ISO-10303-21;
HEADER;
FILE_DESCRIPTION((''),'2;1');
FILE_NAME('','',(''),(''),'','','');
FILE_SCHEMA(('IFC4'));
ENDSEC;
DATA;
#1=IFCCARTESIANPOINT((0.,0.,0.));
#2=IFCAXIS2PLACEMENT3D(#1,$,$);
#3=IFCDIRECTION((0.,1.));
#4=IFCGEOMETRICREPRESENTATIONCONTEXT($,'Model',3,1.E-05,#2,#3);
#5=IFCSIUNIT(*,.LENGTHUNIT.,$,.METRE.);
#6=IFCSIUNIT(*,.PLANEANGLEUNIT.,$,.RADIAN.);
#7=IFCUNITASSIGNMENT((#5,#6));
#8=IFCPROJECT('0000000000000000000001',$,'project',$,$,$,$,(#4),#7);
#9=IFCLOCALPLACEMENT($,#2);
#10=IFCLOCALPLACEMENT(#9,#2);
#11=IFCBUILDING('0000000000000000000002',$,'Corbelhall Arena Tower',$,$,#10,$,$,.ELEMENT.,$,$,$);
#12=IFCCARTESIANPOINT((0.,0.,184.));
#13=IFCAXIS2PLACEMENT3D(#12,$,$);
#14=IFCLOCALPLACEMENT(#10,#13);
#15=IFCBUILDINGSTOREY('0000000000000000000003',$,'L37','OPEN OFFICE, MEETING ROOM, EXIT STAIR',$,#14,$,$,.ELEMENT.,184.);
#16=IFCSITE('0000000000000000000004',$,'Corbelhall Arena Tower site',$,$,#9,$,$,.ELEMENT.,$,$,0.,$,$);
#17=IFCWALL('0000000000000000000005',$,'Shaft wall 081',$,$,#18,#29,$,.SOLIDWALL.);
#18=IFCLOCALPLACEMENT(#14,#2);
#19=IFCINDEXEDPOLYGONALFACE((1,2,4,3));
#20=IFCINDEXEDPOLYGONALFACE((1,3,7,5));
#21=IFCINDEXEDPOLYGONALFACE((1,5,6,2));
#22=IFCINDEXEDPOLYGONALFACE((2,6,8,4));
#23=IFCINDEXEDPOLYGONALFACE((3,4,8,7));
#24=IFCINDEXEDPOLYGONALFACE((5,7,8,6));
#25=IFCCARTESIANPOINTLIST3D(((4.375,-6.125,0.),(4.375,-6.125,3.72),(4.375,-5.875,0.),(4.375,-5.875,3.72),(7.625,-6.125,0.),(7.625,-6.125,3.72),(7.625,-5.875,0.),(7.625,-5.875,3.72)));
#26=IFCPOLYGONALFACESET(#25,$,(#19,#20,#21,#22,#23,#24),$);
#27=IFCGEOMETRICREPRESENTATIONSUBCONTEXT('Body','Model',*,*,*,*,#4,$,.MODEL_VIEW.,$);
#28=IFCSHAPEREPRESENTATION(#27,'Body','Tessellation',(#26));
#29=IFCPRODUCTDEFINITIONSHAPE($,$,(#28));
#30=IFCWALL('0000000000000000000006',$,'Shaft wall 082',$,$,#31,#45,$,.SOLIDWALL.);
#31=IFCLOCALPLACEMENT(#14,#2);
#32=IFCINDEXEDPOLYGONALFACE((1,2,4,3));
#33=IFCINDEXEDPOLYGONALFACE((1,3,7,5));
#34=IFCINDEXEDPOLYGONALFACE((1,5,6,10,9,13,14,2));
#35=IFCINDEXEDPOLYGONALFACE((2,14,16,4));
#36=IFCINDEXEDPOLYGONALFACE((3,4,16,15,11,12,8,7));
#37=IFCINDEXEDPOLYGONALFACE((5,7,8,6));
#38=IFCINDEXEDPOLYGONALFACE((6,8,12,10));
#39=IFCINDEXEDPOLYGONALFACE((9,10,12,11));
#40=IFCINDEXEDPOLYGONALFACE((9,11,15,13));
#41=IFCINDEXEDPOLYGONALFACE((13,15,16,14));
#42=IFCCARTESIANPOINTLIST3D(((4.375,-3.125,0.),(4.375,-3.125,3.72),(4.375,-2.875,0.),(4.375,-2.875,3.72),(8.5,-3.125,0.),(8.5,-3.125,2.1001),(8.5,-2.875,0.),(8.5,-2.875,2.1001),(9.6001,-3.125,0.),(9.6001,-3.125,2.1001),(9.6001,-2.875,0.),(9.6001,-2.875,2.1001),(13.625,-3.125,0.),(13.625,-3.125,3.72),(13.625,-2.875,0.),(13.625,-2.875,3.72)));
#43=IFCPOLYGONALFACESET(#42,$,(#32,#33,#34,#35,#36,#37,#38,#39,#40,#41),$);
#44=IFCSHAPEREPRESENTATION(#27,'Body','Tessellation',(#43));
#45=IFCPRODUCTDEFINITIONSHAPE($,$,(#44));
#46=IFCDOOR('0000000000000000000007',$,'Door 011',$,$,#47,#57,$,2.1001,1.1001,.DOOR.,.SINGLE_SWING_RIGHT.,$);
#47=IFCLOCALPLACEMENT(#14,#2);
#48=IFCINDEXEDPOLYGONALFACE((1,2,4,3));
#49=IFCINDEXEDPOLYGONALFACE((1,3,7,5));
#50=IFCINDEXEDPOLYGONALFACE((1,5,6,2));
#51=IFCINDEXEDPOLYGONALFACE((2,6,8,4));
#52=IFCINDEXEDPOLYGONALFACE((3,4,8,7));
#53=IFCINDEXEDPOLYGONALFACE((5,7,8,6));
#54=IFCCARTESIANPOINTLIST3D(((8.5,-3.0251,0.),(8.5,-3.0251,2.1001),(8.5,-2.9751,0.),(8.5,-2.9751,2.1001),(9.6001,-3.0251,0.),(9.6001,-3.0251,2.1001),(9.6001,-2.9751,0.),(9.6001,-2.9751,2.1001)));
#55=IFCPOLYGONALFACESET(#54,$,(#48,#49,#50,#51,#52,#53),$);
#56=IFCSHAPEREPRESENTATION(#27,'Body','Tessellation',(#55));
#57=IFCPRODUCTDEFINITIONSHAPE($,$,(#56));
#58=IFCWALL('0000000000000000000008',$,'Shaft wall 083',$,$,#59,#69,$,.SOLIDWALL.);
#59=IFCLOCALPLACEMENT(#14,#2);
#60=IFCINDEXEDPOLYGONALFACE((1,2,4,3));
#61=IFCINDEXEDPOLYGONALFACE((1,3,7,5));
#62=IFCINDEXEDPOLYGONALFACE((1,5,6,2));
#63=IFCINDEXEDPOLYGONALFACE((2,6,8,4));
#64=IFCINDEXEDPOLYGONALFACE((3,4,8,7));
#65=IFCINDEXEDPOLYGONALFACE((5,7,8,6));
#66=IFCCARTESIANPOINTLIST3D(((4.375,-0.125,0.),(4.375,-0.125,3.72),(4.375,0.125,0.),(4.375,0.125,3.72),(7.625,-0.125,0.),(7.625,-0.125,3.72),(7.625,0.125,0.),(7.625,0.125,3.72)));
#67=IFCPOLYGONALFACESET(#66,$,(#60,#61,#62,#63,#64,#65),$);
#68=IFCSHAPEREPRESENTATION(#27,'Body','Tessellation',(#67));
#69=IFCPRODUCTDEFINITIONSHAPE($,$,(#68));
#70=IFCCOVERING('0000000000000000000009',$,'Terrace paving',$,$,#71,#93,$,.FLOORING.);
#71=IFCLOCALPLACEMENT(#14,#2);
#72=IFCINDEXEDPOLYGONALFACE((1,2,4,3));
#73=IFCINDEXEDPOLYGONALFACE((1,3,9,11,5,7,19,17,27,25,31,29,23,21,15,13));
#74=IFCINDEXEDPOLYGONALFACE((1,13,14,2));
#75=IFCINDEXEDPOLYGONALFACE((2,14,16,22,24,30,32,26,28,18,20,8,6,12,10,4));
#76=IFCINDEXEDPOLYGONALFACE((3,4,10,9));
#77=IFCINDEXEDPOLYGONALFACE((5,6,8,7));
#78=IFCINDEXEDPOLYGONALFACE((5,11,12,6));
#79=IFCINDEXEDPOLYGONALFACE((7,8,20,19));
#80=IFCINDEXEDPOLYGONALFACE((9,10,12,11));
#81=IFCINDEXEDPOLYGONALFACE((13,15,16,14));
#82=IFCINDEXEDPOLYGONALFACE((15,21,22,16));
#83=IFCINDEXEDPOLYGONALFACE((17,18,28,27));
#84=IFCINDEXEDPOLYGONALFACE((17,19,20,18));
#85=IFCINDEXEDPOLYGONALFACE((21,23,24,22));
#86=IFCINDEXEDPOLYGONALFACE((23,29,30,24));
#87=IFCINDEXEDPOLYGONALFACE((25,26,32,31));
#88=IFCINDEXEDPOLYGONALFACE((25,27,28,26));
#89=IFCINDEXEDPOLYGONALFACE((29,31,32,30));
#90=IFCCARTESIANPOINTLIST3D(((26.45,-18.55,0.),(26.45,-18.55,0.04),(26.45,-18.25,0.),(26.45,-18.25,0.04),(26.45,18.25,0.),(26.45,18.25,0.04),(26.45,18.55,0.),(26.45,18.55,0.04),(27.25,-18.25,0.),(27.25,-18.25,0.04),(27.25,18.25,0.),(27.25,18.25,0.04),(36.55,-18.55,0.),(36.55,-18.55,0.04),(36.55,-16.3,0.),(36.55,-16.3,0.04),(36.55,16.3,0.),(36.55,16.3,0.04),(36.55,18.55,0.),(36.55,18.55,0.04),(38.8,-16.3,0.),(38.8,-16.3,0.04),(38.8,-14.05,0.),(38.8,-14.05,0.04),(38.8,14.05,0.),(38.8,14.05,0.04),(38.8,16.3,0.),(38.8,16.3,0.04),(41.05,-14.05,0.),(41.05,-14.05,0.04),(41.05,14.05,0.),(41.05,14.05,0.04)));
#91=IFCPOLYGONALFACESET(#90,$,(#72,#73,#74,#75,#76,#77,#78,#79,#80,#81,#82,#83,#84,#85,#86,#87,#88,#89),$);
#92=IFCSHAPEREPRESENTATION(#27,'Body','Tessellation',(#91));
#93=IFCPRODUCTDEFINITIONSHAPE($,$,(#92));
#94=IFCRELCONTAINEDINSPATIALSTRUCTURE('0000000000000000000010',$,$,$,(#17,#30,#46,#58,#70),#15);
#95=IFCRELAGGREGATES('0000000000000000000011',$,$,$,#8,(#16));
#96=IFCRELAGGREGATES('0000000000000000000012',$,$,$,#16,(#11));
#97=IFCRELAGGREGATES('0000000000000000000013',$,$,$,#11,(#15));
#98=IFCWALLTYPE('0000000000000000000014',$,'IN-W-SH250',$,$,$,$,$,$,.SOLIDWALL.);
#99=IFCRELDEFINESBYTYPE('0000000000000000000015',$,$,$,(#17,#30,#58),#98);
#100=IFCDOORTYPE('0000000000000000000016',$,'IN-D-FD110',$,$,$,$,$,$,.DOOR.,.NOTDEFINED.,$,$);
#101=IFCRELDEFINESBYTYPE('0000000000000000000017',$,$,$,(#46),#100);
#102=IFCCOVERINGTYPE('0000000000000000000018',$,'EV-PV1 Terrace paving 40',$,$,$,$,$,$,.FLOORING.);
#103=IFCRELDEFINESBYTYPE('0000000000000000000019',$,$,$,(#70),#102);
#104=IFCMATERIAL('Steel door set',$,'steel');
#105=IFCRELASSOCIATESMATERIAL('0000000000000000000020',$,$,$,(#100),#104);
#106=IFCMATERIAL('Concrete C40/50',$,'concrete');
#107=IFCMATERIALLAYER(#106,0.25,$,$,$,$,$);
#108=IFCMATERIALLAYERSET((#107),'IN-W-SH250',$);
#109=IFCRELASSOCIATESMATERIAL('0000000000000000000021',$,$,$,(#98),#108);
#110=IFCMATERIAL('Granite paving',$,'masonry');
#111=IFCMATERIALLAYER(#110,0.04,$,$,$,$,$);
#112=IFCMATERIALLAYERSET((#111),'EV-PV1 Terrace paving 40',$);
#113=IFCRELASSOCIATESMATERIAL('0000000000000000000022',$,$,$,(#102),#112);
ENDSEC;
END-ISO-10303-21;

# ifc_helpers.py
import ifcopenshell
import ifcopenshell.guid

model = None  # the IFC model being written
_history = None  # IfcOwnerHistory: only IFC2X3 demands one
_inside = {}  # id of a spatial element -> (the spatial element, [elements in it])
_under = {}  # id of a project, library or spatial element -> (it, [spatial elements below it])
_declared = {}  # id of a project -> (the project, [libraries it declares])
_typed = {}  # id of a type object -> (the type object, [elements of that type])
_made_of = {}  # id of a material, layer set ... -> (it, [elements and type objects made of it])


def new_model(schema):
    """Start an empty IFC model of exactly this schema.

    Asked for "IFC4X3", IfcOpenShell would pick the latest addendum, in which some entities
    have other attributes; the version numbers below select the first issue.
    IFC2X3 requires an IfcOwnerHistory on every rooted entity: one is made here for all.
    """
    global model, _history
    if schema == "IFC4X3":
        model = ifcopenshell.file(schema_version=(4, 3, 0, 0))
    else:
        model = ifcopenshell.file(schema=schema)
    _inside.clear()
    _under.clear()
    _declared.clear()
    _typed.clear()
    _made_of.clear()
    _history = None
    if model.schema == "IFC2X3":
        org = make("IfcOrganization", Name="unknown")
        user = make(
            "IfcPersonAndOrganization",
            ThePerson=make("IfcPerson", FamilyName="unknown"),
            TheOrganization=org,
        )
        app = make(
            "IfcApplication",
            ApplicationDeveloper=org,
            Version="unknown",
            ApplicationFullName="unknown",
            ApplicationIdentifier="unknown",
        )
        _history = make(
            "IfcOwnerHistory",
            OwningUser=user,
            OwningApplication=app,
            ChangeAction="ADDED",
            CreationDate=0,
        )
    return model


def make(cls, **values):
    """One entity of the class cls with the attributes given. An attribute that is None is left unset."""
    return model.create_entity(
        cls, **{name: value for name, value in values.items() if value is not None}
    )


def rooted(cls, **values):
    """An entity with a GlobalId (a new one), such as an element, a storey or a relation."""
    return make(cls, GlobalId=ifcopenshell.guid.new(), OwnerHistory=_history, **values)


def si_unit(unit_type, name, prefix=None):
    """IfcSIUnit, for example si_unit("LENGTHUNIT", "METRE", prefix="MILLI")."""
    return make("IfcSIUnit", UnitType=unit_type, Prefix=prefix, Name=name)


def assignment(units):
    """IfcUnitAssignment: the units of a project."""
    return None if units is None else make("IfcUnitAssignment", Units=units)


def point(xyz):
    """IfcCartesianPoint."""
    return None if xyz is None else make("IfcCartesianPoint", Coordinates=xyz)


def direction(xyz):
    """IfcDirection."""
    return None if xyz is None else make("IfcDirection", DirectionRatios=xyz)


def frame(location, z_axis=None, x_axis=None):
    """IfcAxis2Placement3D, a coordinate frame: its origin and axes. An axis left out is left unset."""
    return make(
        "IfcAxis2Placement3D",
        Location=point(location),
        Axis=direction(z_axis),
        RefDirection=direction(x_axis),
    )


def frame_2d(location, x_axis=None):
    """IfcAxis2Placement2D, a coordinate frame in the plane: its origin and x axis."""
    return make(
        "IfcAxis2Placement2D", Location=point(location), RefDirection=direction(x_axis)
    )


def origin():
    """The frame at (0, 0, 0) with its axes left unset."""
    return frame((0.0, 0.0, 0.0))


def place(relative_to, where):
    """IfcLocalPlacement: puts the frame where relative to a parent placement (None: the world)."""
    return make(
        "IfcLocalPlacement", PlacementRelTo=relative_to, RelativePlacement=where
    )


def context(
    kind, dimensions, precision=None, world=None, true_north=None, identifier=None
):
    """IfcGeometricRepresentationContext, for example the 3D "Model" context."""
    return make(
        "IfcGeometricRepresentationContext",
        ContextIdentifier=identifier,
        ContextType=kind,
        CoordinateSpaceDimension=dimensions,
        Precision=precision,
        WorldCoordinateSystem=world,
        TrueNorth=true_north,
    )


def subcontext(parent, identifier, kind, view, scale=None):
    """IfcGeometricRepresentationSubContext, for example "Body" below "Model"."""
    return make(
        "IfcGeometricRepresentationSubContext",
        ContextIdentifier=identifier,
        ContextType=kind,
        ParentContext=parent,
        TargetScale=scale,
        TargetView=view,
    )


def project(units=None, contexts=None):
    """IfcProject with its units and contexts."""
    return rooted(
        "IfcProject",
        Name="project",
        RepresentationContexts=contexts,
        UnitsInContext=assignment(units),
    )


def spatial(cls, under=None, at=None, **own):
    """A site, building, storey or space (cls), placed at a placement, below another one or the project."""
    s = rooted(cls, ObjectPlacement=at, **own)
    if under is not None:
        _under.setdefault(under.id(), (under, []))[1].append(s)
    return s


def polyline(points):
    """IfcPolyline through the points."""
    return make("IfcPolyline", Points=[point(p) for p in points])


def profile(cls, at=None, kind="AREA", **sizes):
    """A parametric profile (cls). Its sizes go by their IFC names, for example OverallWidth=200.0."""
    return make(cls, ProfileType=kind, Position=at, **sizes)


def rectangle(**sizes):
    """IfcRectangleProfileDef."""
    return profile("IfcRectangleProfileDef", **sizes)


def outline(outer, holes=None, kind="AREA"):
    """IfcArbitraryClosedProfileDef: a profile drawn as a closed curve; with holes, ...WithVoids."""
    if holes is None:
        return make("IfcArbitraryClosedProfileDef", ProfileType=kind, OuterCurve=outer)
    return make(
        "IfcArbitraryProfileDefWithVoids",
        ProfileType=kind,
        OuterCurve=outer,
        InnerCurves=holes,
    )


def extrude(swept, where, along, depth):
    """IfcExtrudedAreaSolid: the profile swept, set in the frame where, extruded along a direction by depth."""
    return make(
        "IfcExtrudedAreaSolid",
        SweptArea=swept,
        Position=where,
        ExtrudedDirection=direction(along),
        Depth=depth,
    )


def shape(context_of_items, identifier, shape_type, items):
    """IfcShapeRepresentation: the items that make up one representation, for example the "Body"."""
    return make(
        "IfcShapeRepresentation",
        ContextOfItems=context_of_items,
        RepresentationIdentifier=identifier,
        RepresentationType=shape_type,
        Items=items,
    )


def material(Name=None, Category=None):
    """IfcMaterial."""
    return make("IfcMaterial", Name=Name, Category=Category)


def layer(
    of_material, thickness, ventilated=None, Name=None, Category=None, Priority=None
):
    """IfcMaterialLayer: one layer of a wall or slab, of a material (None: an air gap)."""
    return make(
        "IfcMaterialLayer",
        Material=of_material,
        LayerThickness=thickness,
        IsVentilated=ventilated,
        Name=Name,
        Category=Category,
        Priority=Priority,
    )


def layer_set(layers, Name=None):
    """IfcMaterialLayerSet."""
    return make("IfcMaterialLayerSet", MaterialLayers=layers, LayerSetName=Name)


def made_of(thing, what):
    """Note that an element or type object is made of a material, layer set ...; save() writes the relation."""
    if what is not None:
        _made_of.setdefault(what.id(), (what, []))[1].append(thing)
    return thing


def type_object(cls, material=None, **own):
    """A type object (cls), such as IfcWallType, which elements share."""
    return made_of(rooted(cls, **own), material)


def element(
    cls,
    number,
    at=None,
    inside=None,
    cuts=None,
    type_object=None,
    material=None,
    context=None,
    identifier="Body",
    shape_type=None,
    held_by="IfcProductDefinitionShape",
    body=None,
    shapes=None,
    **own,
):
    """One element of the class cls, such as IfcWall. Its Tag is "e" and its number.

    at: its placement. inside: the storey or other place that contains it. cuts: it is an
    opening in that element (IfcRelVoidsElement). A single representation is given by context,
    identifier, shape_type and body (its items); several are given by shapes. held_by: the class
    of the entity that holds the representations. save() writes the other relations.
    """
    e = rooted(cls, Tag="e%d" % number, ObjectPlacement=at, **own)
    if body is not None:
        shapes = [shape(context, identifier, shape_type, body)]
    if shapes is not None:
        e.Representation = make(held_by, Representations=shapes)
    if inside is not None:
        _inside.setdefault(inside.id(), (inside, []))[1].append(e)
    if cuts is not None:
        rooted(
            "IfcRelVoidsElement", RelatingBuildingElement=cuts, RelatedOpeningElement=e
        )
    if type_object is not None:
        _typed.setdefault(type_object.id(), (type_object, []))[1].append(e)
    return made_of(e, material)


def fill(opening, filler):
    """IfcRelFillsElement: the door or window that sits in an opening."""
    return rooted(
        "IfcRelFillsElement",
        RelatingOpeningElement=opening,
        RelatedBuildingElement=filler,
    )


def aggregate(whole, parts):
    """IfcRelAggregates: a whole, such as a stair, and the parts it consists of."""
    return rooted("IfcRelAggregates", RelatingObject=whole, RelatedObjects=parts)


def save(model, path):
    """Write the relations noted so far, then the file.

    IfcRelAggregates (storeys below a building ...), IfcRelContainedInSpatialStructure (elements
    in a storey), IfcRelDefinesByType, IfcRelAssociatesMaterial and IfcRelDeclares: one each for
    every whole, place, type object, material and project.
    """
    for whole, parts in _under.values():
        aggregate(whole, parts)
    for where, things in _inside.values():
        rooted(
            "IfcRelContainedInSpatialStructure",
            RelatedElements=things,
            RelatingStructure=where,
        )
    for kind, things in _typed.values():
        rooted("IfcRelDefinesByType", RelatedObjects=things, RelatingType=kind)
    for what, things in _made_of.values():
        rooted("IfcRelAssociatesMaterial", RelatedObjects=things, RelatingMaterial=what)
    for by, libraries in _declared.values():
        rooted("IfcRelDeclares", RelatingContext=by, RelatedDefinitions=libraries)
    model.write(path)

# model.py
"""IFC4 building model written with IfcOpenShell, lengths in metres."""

from ifc_helpers import new_model, si_unit, direction, frame, frame_2d, origin, place, context, subcontext, project, spatial, polyline, rectangle, outline, extrude, material, layer, layer_set, type_object, element, fill, save


model = new_model("IFC4")

# Units and contexts
model_context = context("Model", 3, precision=1e-05, world=origin(), true_north=direction((0.0, 1.0)))
body_context = subcontext(model_context, "Body", "Model", "MODEL_VIEW")
ifc_project = project(units=[si_unit("LENGTHUNIT", "METRE"), si_unit("PLANEANGLEUNIT", "RADIAN")], contexts=[model_context])

# Site, building, storey
site_placement = place(None, origin())
site = spatial("IfcSite", under=ifc_project, at=site_placement, Name="Corbelhall Arena Tower site", CompositionType="ELEMENT", RefElevation=0.0)
building_placement = place(site_placement, origin())
building = spatial("IfcBuilding", under=site, at=building_placement, Name="Corbelhall Arena Tower", CompositionType="ELEMENT")
storey_placement = place(building_placement, frame((0.0, 0.0, 184.0)))
storey = spatial("IfcBuildingStorey", under=building, at=storey_placement, Name="L37", Description="OPEN OFFICE, MEETING ROOM, EXIT STAIR", CompositionType="ELEMENT", Elevation=184.0)

# Shared definitions
ifc_material_1 = material(Name="Concrete C40/50", Category="concrete")

# Shared definitions
ifc_material_2 = material(Name="Steel door set", Category="steel")
door_type = type_object("IfcDoorType", Name="IN-D-FD110", OperationType="NOTDEFINED", PredefinedType="DOOR", material=ifc_material_2)

# Wall
ifc_layer_1 = layer(ifc_material_1, 0.25)
ifc_layer_set_1 = layer_set([ifc_layer_1], Name="IN-W-SH250")
wall_type_1 = type_object("IfcWallType", Name="IN-W-SH250", PredefinedType="SOLIDWALL", material=ifc_layer_set_1)
wall_1_placement = place(storey_placement, frame((4.375, -6.0, 0.0), z_axis=(0.0, 0.0, 1.0), x_axis=(1.0, 0.0, 0.0)))
element("IfcWall", 1, at=wall_1_placement, inside=storey, type_object=wall_type_1, Name="Shaft wall 081", PredefinedType="SOLIDWALL", context=body_context, shape_type="SweptSolid", body=[
    extrude(rectangle(XDim=3.25, YDim=0.25, at=frame_2d((1.625, 0.0))), origin(), (0.0, 0.0, 1.0), 3.72),
])

# Wall, opening, door
wall_2_placement = place(storey_placement, frame((4.375, -3.0, 0.0), z_axis=(0.0, 0.0, 1.0), x_axis=(1.0, 0.0, 0.0)))
wall_2 = element("IfcWall", 2, at=wall_2_placement, inside=storey, type_object=wall_type_1, Name="Shaft wall 082", PredefinedType="SOLIDWALL", context=body_context, shape_type="SweptSolid", body=[
    extrude(rectangle(XDim=9.25, YDim=0.25, at=frame_2d((4.625, 0.0))), origin(), (0.0, 0.0, 1.0), 3.72),
])
opening_1_placement = place(wall_2_placement, frame((4.125, 0.0, 0.0)))
opening_1 = element("IfcOpeningElement", 3, at=opening_1_placement, cuts=wall_2, PredefinedType="OPENING", context=body_context, shape_type="SweptSolid", body=[
    extrude(rectangle(XDim=1.1001, YDim=2.1001, at=frame_2d((0.55, 1.05))), frame((0.0, 0.125, 0.0), z_axis=(0.0, -1.0, 0.0), x_axis=(1.0, 0.0, 0.0)), (0.0, 0.0, 1.0), 0.25),
])
door_1_placement = place(opening_1_placement, origin())
door_1 = element("IfcDoor", 4, at=door_1_placement, inside=storey, type_object=door_type, Name="Door 011", OperationType="SINGLE_SWING_RIGHT", OverallHeight=2.1001, OverallWidth=1.1001, PredefinedType="DOOR", context=body_context, shape_type="SweptSolid", body=[
    extrude(rectangle(XDim=1.1001, YDim=2.1001, at=frame_2d((0.55, 1.05))), frame((0.0, 0.0249, 0.0), z_axis=(0.0, -1.0, 0.0), x_axis=(1.0, 0.0, 0.0)), (0.0, 0.0, 1.0), 0.05),
])
fill(opening_1, door_1)

# Wall
wall_3_placement = place(storey_placement, frame((4.375, 0.0, 0.0), z_axis=(0.0, 0.0, 1.0), x_axis=(1.0, 0.0, 0.0)))
element("IfcWall", 5, at=wall_3_placement, inside=storey, type_object=wall_type_1, Name="Shaft wall 083", PredefinedType="SOLIDWALL", context=body_context, shape_type="SweptSolid", body=[
    extrude(rectangle(XDim=3.25, YDim=0.25, at=frame_2d((1.625, 0.0))), origin(), (0.0, 0.0, 1.0), 3.72),
])

# Covering
ifc_material_3 = material(Name="Granite paving", Category="masonry")
ifc_layer_2 = layer(ifc_material_3, 0.04)
ifc_layer_set_2 = layer_set([ifc_layer_2], Name="EV-PV1 Terrace paving 40")
covering_type = type_object("IfcCoveringType", Name="EV-PV1 Terrace paving 40", PredefinedType="FLOORING", material=ifc_layer_set_2)
covering_placement = place(storey_placement, origin())
element("IfcCovering", 6, at=covering_placement, inside=storey, type_object=covering_type, Name="Terrace paving", PredefinedType="FLOORING", context=body_context, shape_type="SweptSolid", body=[
    extrude(outline(polyline([(26.45, -18.25), (27.25, -18.25), (27.25, 18.25), (26.45, 18.25), (26.45, 18.55), (36.55, 18.55), (36.55, 16.3), (38.8, 16.3), (38.8, 14.05), (41.05, 14.05), (41.05, -14.05), (38.8, -14.05), (38.8, -16.3), (36.55, -16.3), (36.55, -18.55), (26.45, -18.55), (26.45, -18.25)])), origin(), (0.0, 0.0, 1.0), 0.04),
])

save(model, "model.ifc")
